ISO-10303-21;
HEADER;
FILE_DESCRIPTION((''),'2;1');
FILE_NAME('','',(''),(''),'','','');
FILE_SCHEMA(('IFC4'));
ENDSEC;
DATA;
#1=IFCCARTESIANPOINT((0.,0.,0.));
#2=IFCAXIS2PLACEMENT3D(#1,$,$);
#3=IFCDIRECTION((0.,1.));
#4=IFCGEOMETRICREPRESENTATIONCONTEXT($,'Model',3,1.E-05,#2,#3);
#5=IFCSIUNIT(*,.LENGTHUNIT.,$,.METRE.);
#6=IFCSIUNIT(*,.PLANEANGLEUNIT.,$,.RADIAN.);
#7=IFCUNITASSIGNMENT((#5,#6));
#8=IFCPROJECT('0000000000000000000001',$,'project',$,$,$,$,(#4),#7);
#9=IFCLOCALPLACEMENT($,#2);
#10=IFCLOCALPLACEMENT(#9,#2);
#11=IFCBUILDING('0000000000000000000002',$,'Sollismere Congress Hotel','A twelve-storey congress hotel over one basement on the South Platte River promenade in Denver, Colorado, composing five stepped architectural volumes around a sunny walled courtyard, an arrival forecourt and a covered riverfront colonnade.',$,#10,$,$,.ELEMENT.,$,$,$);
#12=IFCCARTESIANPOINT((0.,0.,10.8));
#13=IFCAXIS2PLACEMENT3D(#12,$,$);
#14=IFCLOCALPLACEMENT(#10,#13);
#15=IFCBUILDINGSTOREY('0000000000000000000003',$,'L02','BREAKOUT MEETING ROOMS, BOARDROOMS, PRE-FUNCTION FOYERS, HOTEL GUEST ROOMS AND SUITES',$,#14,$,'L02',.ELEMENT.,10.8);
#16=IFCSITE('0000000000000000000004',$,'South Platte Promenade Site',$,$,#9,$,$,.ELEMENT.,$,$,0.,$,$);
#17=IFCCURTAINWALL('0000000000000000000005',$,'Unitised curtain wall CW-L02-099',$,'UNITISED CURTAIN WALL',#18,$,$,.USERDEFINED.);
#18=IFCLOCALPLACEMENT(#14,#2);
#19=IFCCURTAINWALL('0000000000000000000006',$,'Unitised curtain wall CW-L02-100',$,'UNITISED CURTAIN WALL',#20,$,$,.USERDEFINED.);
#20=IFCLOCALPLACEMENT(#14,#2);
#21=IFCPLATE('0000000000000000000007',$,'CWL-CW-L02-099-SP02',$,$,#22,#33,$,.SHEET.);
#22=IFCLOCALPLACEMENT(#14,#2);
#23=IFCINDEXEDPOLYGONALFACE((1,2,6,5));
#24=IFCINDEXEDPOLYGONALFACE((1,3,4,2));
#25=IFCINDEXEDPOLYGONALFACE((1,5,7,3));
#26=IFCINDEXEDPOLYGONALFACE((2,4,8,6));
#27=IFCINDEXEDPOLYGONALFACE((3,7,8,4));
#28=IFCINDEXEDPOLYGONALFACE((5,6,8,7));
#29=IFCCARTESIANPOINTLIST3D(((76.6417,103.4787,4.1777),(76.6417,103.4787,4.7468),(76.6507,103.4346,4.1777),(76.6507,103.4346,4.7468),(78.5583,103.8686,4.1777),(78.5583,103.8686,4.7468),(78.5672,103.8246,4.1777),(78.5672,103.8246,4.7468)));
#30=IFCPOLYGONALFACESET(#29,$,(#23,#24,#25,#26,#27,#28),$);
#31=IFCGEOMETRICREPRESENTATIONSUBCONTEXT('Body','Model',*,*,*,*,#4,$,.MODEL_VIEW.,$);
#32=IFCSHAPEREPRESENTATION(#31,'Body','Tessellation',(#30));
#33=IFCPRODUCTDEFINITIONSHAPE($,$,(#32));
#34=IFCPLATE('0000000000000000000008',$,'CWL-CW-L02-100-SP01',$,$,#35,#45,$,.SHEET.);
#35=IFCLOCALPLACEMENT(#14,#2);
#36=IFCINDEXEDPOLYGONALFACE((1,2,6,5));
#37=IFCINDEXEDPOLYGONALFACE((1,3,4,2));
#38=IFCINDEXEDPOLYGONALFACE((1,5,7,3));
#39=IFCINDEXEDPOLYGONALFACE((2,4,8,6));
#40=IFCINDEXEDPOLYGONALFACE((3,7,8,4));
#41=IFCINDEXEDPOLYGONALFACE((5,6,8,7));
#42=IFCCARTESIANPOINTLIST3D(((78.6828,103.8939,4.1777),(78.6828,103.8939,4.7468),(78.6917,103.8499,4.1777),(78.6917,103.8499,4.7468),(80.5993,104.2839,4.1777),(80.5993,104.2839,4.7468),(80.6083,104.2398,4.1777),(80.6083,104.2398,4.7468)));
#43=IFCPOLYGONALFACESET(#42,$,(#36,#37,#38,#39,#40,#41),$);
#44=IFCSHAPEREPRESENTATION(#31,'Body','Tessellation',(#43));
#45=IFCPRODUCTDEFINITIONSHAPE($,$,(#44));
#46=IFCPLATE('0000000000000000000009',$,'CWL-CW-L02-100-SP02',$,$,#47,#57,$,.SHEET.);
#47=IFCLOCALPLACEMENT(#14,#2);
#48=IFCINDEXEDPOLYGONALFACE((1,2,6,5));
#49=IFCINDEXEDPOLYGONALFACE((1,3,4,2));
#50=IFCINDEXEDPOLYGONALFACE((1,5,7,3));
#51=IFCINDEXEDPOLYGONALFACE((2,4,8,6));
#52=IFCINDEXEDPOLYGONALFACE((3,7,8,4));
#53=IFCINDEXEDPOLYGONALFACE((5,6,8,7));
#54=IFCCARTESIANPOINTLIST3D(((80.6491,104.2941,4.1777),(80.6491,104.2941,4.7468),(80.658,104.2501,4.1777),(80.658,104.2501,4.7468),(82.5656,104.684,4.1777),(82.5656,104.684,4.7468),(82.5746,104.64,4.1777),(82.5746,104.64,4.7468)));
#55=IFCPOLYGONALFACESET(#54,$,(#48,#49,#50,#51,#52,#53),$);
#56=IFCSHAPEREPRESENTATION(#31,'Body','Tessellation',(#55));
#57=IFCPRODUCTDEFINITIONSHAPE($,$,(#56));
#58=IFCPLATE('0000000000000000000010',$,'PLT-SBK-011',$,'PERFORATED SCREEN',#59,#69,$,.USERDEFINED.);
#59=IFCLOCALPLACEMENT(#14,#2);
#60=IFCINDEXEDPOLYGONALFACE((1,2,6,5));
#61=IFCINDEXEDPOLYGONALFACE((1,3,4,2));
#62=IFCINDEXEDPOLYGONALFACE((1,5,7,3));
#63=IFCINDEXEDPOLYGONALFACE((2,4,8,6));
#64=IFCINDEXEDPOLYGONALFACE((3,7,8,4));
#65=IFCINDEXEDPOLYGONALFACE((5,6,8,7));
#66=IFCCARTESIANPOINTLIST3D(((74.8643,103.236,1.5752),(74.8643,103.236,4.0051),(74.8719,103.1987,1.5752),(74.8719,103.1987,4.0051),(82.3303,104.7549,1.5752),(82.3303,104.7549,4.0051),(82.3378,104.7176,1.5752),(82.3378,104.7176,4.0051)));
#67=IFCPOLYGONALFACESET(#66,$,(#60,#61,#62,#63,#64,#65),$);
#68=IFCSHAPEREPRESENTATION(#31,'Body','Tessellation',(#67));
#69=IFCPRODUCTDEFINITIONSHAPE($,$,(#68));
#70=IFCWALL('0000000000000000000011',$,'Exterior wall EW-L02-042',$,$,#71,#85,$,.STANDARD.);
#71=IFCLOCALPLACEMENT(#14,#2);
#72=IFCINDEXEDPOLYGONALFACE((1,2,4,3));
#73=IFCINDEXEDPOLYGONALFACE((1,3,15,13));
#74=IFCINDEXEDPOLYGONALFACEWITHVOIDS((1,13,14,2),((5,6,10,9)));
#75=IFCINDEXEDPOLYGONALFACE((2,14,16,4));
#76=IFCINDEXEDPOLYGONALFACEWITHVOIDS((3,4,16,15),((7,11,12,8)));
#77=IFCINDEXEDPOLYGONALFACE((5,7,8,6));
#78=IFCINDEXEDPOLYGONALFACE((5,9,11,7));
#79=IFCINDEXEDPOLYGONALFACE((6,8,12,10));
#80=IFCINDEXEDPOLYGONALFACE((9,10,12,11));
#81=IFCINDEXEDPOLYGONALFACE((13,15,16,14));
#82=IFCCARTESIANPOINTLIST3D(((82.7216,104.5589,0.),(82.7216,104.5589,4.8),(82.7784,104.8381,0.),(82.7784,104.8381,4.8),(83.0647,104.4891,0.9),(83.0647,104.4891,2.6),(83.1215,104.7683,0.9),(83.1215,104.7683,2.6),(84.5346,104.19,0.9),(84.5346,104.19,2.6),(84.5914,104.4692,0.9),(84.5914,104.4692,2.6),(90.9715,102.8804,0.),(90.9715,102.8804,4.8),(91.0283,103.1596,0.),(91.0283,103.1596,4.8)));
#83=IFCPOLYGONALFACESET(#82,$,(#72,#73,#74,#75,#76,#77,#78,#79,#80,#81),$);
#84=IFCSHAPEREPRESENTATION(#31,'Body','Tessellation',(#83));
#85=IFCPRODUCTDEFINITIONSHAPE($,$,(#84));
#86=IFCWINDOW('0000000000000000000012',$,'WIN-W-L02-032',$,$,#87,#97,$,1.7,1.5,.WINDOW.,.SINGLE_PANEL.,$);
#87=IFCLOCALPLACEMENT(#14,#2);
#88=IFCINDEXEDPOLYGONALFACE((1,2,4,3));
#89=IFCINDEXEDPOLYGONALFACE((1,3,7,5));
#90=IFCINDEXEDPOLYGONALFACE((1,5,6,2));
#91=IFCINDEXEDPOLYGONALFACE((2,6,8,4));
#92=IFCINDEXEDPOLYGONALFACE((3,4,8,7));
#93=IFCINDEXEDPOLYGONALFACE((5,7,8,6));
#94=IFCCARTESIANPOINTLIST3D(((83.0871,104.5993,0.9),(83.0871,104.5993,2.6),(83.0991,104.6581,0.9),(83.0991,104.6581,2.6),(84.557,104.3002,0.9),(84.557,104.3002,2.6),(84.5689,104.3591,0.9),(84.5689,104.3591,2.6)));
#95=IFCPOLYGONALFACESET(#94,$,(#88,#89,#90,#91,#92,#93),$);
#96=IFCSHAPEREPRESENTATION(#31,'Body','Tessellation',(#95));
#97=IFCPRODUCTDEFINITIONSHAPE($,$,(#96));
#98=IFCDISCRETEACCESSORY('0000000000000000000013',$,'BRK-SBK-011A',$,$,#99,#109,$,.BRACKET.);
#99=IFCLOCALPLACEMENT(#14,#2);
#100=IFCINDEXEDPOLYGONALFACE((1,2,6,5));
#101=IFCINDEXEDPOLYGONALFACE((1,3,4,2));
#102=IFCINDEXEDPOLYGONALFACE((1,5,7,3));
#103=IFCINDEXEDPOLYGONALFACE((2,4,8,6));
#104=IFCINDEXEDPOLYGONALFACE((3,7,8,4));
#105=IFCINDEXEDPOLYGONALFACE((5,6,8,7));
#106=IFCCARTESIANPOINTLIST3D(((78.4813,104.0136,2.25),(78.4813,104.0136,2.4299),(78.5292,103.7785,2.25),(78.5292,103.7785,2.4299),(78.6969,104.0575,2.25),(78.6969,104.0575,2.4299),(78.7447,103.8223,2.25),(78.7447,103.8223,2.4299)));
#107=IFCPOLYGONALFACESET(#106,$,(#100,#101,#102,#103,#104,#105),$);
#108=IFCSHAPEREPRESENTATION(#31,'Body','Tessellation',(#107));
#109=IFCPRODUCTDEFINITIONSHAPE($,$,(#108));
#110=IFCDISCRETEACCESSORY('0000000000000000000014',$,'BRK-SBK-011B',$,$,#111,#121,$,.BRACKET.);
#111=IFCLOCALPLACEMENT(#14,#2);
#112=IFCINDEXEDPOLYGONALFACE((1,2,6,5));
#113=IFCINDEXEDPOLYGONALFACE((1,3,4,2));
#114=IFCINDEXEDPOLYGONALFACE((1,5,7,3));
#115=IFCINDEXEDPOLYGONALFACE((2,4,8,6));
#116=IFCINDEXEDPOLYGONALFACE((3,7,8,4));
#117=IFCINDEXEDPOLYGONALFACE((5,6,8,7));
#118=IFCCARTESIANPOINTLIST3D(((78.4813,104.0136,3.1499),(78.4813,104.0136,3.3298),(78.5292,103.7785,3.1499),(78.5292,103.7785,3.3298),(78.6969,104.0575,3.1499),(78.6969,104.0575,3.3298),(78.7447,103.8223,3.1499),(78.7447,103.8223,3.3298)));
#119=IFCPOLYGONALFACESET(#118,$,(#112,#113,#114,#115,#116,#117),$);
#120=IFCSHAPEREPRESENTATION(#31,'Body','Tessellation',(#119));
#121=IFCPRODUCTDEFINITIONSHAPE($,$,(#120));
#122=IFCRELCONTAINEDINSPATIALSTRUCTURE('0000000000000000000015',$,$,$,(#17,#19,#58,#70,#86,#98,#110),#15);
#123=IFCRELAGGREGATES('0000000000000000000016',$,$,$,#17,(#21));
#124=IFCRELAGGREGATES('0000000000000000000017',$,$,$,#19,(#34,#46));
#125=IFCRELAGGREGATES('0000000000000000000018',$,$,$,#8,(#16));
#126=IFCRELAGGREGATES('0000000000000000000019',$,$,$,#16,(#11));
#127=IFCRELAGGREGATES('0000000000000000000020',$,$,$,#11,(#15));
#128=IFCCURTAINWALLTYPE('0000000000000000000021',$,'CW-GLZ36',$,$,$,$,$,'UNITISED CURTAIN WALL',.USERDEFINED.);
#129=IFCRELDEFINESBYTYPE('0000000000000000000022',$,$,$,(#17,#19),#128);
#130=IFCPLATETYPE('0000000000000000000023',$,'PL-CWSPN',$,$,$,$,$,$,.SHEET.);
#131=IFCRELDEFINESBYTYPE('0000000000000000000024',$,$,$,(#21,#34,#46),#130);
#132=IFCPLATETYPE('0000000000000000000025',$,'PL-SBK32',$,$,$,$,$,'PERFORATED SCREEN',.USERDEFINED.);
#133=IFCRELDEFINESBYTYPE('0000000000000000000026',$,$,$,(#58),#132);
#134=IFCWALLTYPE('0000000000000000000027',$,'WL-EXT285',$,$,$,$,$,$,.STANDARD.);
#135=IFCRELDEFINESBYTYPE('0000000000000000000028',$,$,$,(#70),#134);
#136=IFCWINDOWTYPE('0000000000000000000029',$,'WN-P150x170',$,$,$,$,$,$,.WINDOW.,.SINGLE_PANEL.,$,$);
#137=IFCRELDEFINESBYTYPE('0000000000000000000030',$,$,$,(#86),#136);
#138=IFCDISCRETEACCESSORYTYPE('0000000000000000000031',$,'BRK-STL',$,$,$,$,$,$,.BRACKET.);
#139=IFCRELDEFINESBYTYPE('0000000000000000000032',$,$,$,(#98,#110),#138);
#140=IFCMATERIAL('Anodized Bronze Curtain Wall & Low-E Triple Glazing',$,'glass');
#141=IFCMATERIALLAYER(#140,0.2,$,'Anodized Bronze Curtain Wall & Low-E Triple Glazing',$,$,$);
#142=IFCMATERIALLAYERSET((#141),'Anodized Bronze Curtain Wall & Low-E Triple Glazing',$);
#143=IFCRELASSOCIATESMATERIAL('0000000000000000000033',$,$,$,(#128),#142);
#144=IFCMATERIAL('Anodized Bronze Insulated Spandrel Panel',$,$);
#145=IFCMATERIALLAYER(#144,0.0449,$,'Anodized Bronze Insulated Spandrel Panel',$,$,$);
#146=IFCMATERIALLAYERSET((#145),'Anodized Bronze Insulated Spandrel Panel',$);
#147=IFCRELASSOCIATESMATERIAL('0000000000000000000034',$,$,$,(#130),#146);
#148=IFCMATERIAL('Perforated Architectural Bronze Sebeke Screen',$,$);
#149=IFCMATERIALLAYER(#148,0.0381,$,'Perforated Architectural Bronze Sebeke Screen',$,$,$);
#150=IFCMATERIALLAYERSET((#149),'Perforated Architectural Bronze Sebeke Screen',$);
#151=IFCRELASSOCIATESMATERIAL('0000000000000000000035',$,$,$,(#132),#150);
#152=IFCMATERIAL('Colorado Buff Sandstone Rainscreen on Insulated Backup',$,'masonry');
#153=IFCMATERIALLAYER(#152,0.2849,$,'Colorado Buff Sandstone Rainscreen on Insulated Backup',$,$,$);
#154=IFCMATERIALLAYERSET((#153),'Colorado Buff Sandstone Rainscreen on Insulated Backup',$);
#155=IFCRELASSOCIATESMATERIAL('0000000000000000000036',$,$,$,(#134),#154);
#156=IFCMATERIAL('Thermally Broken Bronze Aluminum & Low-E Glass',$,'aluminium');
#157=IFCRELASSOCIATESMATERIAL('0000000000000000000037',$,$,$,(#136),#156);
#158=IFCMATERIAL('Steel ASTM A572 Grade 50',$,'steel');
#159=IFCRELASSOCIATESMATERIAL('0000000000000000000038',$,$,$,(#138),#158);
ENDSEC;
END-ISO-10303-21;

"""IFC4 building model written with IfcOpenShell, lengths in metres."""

from ifc_helpers import new_model, si_unit, direction, frame, frame_2d, origin, origin_2d, place, context, subcontext, project, spatial, rectangle, extrude, material, layer, layer_set, type_object, element, fill, aggregate, save


model = new_model("IFC4")

# Units and contexts
model_context = context("Model", 3, precision=1e-05, world=origin(), true_north=direction((0.0, 1.0)))
body_context = subcontext(model_context, "Body", "Model", "MODEL_VIEW")
ifc_project = project(units=[si_unit("LENGTHUNIT", "METRE"), si_unit("PLANEANGLEUNIT", "RADIAN")], contexts=[model_context])

# Site, building, storey
site_placement = place(None, origin())
site = spatial("IfcSite", under=ifc_project, at=site_placement, Name="South Platte Promenade Site", CompositionType="ELEMENT", RefElevation=0.0)
building_placement = place(site_placement, origin())
building = spatial("IfcBuilding", under=site, at=building_placement, Name="Sollismere Congress Hotel", Description="A twelve-storey congress hotel over one basement on the South Platte River promenade in Denver, Colorado, composing five stepped architectural volumes around a sunny walled courtyard, an arrival forecourt and a covered riverfront colonnade.", CompositionType="ELEMENT")
storey_placement = place(building_placement, frame((0.0, 0.0, 10.8)))
storey = spatial("IfcBuildingStorey", under=building, at=storey_placement, Name="L02", Description="BREAKOUT MEETING ROOMS, BOARDROOMS, PRE-FUNCTION FOYERS, HOTEL GUEST ROOMS AND SUITES", LongName="L02", CompositionType="ELEMENT", Elevation=10.8)

# Curtain walls
ifc_material_1 = material(Name="Anodized Bronze Curtain Wall & Low-E Triple Glazing", Category="glass")
ifc_layer_1 = layer(ifc_material_1, 0.2, Name="Anodized Bronze Curtain Wall & Low-E Triple Glazing")
ifc_layer_set_1 = layer_set([ifc_layer_1], Name="Anodized Bronze Curtain Wall & Low-E Triple Glazing")
curtain_wall_type = type_object("IfcCurtainWallType", Name="CW-GLZ36", ElementType="UNITISED CURTAIN WALL", PredefinedType="USERDEFINED", material=ifc_layer_set_1)
curtain_wall_1_placement = place(storey_placement, origin())
curtain_wall_1 = element("IfcCurtainWall", 1, at=curtain_wall_1_placement, inside=storey, type_object=curtain_wall_type, Name="Unitised curtain wall CW-L02-099", ObjectType="UNITISED CURTAIN WALL", PredefinedType="USERDEFINED")
curtain_wall_2_placement = place(storey_placement, origin())
curtain_wall_2 = element("IfcCurtainWall", 2, at=curtain_wall_2_placement, inside=storey, type_object=curtain_wall_type, Name="Unitised curtain wall CW-L02-100", ObjectType="UNITISED CURTAIN WALL", PredefinedType="USERDEFINED")

# Plates
ifc_material_2 = material(Name="Anodized Bronze Insulated Spandrel Panel")
ifc_layer_2 = layer(ifc_material_2, 0.0449, Name="Anodized Bronze Insulated Spandrel Panel")
ifc_layer_set_2 = layer_set([ifc_layer_2], Name="Anodized Bronze Insulated Spandrel Panel")
plate_type_1 = type_object("IfcPlateType", Name="PL-CWSPN", PredefinedType="SHEET", material=ifc_layer_set_2)
plate_1_placement = place(storey_placement, frame((77.6045, 103.6516, 4.1777), z_axis=(0.0, 0.0, 1.0), x_axis=(0.979925, 0.199368, 0.0)))
plate_1 = element("IfcPlate", 3, at=plate_1_placement, type_object=plate_type_1, Name="CWL-CW-L02-099-SP02", PredefinedType="SHEET", context=body_context, shape_type="SweptSolid", body=[
    extrude(rectangle(XDim=1.9558, YDim=0.0449, at=origin_2d()), origin(), (0.0, 0.0, 1.0), 0.5691),
])
aggregate(curtain_wall_1, [plate_1])
plate_2_placement = place(storey_placement, frame((79.6455, 104.0669, 4.1777), z_axis=(0.0, 0.0, 1.0), x_axis=(0.979925, 0.199368, 0.0)))
plate_2 = element("IfcPlate", 4, at=plate_2_placement, type_object=plate_type_1, Name="CWL-CW-L02-100-SP01", PredefinedType="SHEET", context=body_context, shape_type="SweptSolid", body=[
    extrude(rectangle(XDim=1.9558, YDim=0.0449, at=origin_2d()), origin(), (0.0, 0.0, 1.0), 0.5691),
])
plate_3_placement = place(storey_placement, frame((81.6118, 104.467, 4.1777), z_axis=(0.0, 0.0, 1.0), x_axis=(0.979925, 0.199368, 0.0)))
plate_3 = element("IfcPlate", 5, at=plate_3_placement, type_object=plate_type_1, Name="CWL-CW-L02-100-SP02", PredefinedType="SHEET", context=body_context, shape_type="SweptSolid", body=[
    extrude(rectangle(XDim=1.9558, YDim=0.0449, at=origin_2d()), origin(), (0.0, 0.0, 1.0), 0.5691),
])
aggregate(curtain_wall_2, [plate_2, plate_3])
ifc_material_3 = material(Name="Perforated Architectural Bronze Sebeke Screen")
ifc_layer_3 = layer(ifc_material_3, 0.0381, Name="Perforated Architectural Bronze Sebeke Screen")
ifc_layer_set_3 = layer_set([ifc_layer_3], Name="Perforated Architectural Bronze Sebeke Screen")
plate_type_2 = type_object("IfcPlateType", Name="PL-SBK32", ElementType="PERFORATED SCREEN", PredefinedType="USERDEFINED", material=ifc_layer_set_3)
plate_4_placement = place(storey_placement, frame((78.6011, 103.9768, 1.5752), z_axis=(0.0, 0.0, 1.0), x_axis=(0.979925, 0.199368, 0.0)))
element("IfcPlate", 6, at=plate_4_placement, inside=storey, type_object=plate_type_2, Name="PLT-SBK-011", ObjectType="PERFORATED SCREEN", PredefinedType="USERDEFINED", context=body_context, shape_type="SweptSolid", body=[
    extrude(rectangle(XDim=7.6189, YDim=0.0381, at=origin_2d()), origin(), (0.0, 0.0, 1.0), 2.4299),
])

# Wall, opening, window
ifc_material_4 = material(Name="Colorado Buff Sandstone Rainscreen on Insulated Backup", Category="masonry")
ifc_layer_4 = layer(ifc_material_4, 0.2849, Name="Colorado Buff Sandstone Rainscreen on Insulated Backup")
ifc_layer_set_4 = layer_set([ifc_layer_4], Name="Colorado Buff Sandstone Rainscreen on Insulated Backup")
wall_type = type_object("IfcWallType", Name="WL-EXT285", PredefinedType="STANDARD", material=ifc_layer_set_4)
wall_placement = place(storey_placement, frame((82.75, 104.6985, 0.0), z_axis=(0.0, 0.0, 1.0), x_axis=(0.979925, -0.199366, 0.0)))
wall = element("IfcWall", 7, at=wall_placement, inside=storey, type_object=wall_type, Name="Exterior wall EW-L02-042", PredefinedType="STANDARD", context=body_context, shape_type="SweptSolid", body=[
    extrude(rectangle(XDim=8.4189, YDim=0.2849, at=frame_2d((4.2095, 0.0))), origin(), (0.0, 0.0, 1.0), 4.8),
])
opening_placement = place(wall_placement, frame((0.3501, 0.0, 0.8999)))
opening = element("IfcOpeningElement", 8, at=opening_placement, cuts=wall, PredefinedType="OPENING", context=body_context, shape_type="SweptSolid", body=[
    extrude(rectangle(XDim=1.5, YDim=1.7, at=frame_2d((0.75, 0.8501))), frame((0.0, 0.1523, 0.0), z_axis=(0.0, -1.0, 0.0), x_axis=(1.0, 0.0, 0.0)), (0.0, 0.0, 1.0), 0.3049),
])
ifc_material_5 = material(Name="Thermally Broken Bronze Aluminum & Low-E Glass", Category="aluminium")
window_type = type_object("IfcWindowType", Name="WN-P150x170", PartitioningType="SINGLE_PANEL", PredefinedType="WINDOW", material=ifc_material_5)
window_placement = place(opening_placement, origin())
window = element("IfcWindow", 9, at=window_placement, inside=storey, type_object=window_type, Name="WIN-W-L02-032", OverallHeight=1.7, OverallWidth=1.5, PartitioningType="SINGLE_PANEL", PredefinedType="WINDOW", context=body_context, shape_type="SweptSolid", body=[
    extrude(rectangle(XDim=1.5, YDim=1.7, at=frame_2d((0.75, 0.8501))), frame((0.0, 0.03, 0.0), z_axis=(0.0, -1.0, 0.0), x_axis=(1.0, 0.0, 0.0)), (0.0, 0.0, 1.0), 0.0601),
])
fill(opening, window)

# Discrete accessories
ifc_material_6 = material(Name="Steel ASTM A572 Grade 50", Category="steel")
discrete_accessory_type = type_object("IfcDiscreteAccessoryType", Name="BRK-STL", PredefinedType="BRACKET", material=ifc_material_6)
for number, where, z_axis, x_axis, name in (
    (10, (78.613, 103.918, 2.25), (0.0, 0.0, 1.0), (0.979925, 0.199368, 0.0), "BRK-SBK-011A"),
    (11, (78.613, 103.918, 3.1499), (0.0, 0.0, 1.0), (0.979925, 0.199368, 0.0), "BRK-SBK-011B"),
):
    element("IfcDiscreteAccessory", number, at=place(storey_placement, frame(where, z_axis=z_axis, x_axis=x_axis)), inside=storey, type_object=discrete_accessory_type, Name=name, PredefinedType="BRACKET", context=body_context, shape_type="SweptSolid", body=[
        extrude(rectangle(XDim=0.22, YDim=0.24, at=origin_2d()), origin(), (0.0, 0.0, 1.0), 0.1799),
    ])

save(model, "model.ifc")
